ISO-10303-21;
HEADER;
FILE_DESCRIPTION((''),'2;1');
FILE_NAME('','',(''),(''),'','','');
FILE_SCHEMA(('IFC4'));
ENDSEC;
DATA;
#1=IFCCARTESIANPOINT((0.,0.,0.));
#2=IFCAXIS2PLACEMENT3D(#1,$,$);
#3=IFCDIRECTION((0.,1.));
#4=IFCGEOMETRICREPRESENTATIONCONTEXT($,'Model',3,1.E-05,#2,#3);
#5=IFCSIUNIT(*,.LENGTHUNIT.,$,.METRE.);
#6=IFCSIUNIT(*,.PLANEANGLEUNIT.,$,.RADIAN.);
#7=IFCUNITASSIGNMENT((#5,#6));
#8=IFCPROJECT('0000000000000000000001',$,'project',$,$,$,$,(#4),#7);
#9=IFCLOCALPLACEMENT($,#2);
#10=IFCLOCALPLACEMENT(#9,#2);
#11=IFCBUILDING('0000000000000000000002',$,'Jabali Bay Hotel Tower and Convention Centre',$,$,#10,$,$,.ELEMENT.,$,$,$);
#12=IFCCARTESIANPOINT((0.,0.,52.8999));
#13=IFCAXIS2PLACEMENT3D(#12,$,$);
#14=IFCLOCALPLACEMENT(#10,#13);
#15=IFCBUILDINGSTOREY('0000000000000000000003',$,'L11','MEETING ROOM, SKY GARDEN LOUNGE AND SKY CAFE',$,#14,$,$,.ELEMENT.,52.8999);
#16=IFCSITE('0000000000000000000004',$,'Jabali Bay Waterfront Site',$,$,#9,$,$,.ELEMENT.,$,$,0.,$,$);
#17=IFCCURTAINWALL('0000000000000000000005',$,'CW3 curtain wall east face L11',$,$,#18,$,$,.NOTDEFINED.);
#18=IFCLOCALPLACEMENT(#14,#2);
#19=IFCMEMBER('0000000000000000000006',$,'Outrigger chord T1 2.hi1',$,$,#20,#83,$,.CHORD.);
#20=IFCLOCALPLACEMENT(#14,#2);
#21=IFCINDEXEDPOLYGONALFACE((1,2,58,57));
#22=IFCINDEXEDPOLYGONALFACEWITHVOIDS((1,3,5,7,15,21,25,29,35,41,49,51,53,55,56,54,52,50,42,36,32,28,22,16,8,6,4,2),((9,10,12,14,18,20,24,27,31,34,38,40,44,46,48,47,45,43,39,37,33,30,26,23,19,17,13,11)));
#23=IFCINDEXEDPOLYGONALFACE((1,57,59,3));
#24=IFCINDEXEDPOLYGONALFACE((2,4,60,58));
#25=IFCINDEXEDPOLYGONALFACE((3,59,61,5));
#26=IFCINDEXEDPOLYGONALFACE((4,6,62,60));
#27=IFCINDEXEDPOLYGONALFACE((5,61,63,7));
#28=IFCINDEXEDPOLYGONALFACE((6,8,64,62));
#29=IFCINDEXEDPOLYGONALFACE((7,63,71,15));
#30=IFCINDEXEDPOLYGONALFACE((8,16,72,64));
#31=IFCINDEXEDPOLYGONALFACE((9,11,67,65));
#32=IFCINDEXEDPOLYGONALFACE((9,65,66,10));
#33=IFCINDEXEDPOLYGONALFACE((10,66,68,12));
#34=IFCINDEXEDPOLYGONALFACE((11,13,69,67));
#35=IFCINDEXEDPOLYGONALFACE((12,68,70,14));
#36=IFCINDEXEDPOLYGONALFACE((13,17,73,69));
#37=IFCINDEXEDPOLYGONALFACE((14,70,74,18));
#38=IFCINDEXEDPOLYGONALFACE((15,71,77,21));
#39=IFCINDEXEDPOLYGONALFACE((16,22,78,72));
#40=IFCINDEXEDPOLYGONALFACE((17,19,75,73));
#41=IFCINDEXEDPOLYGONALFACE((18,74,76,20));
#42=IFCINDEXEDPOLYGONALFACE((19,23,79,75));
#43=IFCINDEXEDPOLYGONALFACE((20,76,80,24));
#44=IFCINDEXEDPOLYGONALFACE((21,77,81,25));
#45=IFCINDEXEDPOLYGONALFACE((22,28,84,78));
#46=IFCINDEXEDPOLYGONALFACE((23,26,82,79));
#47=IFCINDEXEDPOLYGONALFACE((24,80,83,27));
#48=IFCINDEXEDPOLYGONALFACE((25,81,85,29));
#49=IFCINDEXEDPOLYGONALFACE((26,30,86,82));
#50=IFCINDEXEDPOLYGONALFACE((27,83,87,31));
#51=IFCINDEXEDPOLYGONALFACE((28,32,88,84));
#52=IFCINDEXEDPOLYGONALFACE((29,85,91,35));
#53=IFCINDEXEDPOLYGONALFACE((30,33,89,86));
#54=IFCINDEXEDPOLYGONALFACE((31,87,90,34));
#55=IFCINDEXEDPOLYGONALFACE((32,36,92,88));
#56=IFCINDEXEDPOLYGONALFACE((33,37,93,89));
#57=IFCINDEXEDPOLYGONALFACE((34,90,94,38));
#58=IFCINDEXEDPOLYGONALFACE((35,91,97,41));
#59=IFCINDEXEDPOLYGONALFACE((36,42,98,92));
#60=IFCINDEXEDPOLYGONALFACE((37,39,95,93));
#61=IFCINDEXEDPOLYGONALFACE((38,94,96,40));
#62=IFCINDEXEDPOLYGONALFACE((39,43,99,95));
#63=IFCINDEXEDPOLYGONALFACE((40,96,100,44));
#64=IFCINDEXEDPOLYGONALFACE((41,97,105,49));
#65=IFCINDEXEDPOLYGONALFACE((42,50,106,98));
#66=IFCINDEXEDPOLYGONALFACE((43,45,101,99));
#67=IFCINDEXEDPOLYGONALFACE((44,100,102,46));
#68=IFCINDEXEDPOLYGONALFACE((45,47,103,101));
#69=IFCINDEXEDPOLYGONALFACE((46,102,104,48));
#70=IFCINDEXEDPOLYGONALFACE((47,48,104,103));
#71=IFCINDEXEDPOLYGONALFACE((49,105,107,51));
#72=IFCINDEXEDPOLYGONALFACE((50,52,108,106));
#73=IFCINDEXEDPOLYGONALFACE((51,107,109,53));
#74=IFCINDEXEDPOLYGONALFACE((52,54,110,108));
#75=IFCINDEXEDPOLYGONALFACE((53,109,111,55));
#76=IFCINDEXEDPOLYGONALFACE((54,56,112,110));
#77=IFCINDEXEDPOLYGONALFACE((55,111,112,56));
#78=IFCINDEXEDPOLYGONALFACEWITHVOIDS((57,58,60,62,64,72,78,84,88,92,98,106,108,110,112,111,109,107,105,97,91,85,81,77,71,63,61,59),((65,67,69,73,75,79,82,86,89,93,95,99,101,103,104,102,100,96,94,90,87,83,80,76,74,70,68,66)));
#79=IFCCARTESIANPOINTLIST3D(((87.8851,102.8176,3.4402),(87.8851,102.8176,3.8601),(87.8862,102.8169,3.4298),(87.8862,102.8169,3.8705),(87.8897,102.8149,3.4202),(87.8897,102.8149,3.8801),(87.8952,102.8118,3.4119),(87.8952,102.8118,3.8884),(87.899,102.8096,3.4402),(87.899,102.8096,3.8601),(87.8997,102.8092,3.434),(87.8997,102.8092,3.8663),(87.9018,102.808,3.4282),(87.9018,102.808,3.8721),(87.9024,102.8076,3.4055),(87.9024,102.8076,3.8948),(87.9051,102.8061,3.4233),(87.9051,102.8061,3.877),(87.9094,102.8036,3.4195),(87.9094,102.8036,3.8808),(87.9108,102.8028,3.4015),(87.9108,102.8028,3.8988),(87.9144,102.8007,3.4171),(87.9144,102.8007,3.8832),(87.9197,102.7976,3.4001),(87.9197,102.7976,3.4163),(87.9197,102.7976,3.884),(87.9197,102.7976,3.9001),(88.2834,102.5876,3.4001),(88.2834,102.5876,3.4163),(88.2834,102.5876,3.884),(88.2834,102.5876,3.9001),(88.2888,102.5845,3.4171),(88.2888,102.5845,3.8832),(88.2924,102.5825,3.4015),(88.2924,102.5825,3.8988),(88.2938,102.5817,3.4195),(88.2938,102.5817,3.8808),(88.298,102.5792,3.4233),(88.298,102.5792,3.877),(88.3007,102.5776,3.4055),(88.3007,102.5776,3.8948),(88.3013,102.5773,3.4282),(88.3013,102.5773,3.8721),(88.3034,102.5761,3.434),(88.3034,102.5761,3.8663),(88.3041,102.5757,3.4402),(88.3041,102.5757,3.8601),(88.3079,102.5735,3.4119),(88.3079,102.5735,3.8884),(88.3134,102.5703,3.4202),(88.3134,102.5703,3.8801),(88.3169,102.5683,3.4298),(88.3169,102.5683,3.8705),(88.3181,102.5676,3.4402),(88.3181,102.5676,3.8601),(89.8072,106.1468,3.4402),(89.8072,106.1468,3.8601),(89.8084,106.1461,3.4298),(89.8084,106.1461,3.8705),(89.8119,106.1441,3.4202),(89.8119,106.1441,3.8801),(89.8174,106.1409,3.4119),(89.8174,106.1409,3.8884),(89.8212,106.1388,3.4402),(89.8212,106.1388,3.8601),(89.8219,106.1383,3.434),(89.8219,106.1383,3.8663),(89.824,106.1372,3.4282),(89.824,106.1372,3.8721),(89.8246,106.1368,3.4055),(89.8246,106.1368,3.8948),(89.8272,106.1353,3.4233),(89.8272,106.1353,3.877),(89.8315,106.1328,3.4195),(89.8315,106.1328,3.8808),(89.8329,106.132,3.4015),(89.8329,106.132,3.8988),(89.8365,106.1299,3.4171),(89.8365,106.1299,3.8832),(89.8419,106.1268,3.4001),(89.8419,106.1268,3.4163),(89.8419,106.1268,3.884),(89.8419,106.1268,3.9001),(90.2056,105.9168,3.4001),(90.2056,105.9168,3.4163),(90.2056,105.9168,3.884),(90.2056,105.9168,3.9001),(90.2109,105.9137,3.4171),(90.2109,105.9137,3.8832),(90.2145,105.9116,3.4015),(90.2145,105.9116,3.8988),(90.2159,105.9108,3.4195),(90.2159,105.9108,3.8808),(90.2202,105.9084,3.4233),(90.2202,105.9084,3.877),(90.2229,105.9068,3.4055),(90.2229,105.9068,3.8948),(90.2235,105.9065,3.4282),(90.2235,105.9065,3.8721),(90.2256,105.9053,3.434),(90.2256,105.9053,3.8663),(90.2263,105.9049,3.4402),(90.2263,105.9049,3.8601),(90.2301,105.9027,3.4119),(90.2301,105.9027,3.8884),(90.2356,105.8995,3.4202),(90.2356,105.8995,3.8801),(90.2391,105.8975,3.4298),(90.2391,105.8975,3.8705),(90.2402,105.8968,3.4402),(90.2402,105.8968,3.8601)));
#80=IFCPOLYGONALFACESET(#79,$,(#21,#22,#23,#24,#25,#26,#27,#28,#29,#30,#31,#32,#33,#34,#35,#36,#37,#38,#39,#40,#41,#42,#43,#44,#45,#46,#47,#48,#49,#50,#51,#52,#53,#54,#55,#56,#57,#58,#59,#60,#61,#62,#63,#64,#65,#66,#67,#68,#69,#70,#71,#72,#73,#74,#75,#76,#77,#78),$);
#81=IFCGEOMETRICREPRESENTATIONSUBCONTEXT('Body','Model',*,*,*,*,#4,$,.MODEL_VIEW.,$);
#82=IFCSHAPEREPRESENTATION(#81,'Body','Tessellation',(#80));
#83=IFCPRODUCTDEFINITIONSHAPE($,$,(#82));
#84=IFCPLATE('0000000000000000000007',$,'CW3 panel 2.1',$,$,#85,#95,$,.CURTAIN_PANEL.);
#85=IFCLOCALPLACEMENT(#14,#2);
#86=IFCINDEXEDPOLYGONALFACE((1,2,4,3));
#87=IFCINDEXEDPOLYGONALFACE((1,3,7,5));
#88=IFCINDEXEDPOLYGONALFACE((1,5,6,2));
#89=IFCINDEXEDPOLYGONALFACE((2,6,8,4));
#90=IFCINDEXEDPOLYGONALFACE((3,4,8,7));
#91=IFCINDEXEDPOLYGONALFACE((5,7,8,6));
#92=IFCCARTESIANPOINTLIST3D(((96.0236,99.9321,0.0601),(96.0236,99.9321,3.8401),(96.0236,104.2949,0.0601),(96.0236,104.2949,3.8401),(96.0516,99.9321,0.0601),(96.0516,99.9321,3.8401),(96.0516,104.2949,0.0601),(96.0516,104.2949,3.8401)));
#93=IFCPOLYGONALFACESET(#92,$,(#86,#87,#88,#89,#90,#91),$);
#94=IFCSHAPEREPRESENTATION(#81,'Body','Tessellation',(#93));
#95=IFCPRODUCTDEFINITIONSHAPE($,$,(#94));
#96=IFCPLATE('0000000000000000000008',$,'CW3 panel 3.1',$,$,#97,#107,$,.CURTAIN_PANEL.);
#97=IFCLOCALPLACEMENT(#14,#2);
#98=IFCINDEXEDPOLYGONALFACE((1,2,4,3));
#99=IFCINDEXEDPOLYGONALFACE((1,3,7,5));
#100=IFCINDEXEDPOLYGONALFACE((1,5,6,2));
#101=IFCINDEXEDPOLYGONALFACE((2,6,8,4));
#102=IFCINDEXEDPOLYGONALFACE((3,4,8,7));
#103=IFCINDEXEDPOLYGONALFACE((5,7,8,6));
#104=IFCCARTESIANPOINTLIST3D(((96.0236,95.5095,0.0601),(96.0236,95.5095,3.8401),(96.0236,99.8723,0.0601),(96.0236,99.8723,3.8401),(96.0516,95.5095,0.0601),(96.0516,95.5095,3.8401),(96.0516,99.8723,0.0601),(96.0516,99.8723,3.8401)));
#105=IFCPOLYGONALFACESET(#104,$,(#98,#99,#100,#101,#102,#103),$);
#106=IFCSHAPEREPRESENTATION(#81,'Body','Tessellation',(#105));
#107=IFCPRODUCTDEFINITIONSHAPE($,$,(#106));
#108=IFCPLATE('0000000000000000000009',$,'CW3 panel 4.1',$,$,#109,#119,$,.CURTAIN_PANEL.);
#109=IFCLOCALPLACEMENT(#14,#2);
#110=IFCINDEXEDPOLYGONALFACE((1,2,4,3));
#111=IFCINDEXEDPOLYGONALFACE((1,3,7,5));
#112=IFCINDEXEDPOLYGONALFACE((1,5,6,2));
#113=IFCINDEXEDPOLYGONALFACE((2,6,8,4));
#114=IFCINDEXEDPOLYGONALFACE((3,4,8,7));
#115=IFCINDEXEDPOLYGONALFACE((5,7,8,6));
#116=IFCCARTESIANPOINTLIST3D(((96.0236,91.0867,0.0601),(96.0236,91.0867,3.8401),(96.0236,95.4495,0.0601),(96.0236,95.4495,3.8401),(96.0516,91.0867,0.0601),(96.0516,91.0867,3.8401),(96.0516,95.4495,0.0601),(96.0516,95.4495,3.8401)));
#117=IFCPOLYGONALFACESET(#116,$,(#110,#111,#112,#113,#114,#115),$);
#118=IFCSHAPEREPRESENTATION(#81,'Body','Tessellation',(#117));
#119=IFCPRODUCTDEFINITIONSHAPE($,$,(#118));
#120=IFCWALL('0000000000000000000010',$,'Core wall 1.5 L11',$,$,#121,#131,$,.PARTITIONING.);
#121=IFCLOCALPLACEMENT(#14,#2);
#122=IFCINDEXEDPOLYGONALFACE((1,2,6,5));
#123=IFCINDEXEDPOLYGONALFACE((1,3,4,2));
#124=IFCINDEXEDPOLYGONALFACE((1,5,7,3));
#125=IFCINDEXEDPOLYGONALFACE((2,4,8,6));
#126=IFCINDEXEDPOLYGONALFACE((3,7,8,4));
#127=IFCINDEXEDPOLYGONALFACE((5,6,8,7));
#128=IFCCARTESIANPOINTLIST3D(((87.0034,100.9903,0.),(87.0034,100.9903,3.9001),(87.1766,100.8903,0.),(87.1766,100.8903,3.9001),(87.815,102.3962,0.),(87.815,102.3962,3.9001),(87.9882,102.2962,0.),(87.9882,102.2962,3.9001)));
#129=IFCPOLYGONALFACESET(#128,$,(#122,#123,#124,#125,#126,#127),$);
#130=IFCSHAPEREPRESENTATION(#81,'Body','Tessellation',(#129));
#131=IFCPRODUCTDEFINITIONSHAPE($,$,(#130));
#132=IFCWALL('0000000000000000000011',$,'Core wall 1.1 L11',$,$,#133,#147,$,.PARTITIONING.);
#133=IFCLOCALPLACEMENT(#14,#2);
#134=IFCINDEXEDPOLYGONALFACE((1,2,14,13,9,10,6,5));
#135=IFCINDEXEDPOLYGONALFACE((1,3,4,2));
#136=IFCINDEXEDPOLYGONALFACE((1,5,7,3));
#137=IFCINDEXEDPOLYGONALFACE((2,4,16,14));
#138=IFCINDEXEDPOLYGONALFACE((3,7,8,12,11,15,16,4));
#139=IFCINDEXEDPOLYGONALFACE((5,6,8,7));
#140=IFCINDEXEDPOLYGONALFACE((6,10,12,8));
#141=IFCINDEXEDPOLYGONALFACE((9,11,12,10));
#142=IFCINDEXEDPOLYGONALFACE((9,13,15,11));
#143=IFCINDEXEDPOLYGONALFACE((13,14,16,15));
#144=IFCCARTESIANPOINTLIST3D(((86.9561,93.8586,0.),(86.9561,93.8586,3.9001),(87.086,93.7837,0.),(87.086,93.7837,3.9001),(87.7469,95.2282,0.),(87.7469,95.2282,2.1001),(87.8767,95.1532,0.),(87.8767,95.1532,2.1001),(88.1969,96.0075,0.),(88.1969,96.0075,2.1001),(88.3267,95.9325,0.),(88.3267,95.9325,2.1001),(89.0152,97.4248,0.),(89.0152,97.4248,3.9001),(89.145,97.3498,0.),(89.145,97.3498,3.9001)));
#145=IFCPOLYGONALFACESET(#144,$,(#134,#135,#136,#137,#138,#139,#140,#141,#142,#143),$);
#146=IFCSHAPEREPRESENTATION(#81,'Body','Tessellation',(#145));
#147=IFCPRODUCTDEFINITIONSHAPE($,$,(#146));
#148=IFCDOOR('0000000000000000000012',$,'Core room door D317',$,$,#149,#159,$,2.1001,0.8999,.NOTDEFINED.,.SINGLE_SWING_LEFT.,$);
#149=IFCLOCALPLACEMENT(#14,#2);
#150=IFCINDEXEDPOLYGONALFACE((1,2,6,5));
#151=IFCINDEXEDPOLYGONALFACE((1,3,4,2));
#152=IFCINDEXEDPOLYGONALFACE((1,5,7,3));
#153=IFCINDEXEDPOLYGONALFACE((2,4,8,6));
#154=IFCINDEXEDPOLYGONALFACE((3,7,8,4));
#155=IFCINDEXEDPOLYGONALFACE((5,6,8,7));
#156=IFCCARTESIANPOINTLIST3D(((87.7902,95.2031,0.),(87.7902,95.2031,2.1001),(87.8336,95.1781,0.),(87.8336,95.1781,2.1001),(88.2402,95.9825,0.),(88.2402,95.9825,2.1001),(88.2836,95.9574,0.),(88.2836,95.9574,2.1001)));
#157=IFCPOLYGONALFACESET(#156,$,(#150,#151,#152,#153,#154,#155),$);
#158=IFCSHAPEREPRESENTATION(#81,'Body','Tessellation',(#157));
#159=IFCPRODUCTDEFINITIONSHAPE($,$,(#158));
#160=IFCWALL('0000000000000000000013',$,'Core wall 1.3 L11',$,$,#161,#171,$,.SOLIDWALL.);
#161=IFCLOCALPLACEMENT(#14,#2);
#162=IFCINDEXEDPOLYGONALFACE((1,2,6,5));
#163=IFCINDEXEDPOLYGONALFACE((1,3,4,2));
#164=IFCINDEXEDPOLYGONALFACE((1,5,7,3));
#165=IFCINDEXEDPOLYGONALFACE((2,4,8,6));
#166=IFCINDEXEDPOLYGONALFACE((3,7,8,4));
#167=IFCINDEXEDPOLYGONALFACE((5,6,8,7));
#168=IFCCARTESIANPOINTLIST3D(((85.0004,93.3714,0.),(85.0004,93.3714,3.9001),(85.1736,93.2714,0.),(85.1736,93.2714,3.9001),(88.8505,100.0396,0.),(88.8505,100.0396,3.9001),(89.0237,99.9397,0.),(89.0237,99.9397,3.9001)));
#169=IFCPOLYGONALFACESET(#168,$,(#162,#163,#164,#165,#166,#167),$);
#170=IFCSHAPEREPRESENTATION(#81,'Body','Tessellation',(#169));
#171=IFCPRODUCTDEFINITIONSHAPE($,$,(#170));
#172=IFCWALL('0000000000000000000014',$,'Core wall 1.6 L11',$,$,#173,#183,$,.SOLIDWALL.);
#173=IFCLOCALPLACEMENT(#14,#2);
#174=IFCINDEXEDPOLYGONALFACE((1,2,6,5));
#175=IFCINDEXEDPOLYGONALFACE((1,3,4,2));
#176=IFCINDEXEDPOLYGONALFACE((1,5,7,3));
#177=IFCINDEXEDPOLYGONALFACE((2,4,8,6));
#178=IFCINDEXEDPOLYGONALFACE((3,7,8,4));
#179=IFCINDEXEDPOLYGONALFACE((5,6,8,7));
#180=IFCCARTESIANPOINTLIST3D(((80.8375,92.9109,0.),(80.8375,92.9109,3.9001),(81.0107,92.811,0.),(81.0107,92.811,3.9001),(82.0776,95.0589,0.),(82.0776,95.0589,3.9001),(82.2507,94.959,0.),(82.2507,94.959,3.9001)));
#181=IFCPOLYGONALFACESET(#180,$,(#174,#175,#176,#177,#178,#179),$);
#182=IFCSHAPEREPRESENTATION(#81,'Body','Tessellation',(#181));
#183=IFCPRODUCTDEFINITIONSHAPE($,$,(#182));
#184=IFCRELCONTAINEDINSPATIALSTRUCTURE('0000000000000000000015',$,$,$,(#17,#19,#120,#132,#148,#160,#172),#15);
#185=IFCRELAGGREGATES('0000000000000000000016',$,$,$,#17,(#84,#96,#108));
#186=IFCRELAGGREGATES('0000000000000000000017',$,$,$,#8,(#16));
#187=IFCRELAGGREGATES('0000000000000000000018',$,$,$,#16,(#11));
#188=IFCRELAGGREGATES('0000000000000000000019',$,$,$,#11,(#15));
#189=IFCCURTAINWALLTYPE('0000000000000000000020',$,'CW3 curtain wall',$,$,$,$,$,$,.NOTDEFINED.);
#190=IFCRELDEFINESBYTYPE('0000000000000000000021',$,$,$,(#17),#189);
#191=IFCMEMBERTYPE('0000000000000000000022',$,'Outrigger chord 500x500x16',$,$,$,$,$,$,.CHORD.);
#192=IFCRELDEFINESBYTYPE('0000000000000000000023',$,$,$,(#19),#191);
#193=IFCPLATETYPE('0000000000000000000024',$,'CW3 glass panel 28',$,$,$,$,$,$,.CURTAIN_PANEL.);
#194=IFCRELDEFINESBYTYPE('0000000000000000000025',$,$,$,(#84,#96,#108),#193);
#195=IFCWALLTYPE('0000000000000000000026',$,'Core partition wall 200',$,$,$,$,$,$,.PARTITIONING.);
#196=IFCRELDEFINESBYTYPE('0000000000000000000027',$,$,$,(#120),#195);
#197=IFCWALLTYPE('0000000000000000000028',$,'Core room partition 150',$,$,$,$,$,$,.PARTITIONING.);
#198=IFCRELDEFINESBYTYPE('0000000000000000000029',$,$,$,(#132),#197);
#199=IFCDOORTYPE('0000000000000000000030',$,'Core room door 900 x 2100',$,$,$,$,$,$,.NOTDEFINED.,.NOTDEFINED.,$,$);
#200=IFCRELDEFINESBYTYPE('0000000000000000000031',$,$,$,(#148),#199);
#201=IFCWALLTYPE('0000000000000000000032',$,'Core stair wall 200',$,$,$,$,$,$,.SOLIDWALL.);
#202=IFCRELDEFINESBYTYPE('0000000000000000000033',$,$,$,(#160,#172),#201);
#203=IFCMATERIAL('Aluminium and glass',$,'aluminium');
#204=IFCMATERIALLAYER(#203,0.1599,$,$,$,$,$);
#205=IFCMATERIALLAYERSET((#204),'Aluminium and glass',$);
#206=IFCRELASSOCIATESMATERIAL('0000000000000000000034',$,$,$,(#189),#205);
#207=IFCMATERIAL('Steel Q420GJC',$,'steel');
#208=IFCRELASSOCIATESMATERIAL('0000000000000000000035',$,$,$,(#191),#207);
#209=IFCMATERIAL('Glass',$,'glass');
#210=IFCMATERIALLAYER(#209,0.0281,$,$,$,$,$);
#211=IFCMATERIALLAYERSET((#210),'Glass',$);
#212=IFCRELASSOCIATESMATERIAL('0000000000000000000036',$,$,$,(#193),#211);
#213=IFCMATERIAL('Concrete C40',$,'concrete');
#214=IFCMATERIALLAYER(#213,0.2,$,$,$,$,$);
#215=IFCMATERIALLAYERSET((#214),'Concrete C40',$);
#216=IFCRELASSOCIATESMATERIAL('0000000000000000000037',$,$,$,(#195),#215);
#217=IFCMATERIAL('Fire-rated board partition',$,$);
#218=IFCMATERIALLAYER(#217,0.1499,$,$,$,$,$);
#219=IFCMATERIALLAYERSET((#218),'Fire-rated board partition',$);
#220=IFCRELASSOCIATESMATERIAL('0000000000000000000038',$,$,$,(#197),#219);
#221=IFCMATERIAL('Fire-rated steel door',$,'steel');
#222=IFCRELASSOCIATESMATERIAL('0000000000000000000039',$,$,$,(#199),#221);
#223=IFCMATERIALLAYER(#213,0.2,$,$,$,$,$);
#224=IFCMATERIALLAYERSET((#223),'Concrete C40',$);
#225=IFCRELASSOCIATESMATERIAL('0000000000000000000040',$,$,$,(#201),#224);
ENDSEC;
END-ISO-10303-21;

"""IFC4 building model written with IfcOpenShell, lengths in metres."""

from ifc_helpers import new_model, si_unit, direction, frame, frame_2d, origin, origin_2d, place, context, subcontext, project, spatial, rectangle, hollow_rectangle, extrude, material, layer, layer_set, material_profile, profile_set, type_object, element, fill, aggregate, save


model = new_model("IFC4")

# Units and contexts
model_context = context("Model", 3, precision=1e-05, world=origin(), true_north=direction((0.0, 1.0)))
body_context = subcontext(model_context, "Body", "Model", "MODEL_VIEW")
ifc_project = project(units=[si_unit("LENGTHUNIT", "METRE"), si_unit("PLANEANGLEUNIT", "RADIAN")], contexts=[model_context])

# Site, building, storey
site_placement = place(None, origin())
site = spatial("IfcSite", under=ifc_project, at=site_placement, Name="Jabali Bay Waterfront Site", CompositionType="ELEMENT", RefElevation=0.0)
building_placement = place(site_placement, origin())
building = spatial("IfcBuilding", under=site, at=building_placement, Name="Jabali Bay Hotel Tower and Convention Centre", CompositionType="ELEMENT")
storey_placement = place(building_placement, frame((0.0, 0.0, 52.8999)))
storey = spatial("IfcBuildingStorey", under=building, at=storey_placement, Name="L11", Description="MEETING ROOM, SKY GARDEN LOUNGE AND SKY CAFE", CompositionType="ELEMENT", Elevation=52.8999)

# Shared definitions
ifc_material_1 = material(Name="Steel Q420GJC", Category="steel")

# Curtain wall
ifc_material_2 = material(Name="Aluminium and glass", Category="aluminium")
ifc_layer_1 = layer(ifc_material_2, 0.1599)
ifc_layer_set_1 = layer_set([ifc_layer_1], Name="Aluminium and glass")
curtain_wall_type = type_object("IfcCurtainWallType", Name="CW3 curtain wall", PredefinedType="NOTDEFINED", material=ifc_layer_set_1)
curtain_wall_placement = place(storey_placement, origin())
curtain_wall = element("IfcCurtainWall", 1, at=curtain_wall_placement, inside=storey, type_object=curtain_wall_type, Name="CW3 curtain wall east face L11", PredefinedType="NOTDEFINED")

# Member
ifc_material_profile_1 = material_profile(ifc_material_1, hollow_rectangle(XDim=0.5, YDim=0.5, WallThickness=0.0161, InnerFilletRadius=0.0239, OuterFilletRadius=0.04, at=origin_2d()), Name="Outrigger chord 500x500x16")
ifc_profile_set_1 = profile_set([ifc_material_profile_1], Name="Steel Q420GJC")
member_type_1 = type_object("IfcMemberType", Name="Outrigger chord 500x500x16", PredefinedType="CHORD", material=ifc_profile_set_1)
member_1_placement = place(storey_placement, frame((88.1016, 102.6926, 3.6501), z_axis=(0.500012, 0.866018, 0.0), x_axis=(-0.866018, 0.500012, 0.0)))
element("IfcMember", 2, at=member_1_placement, inside=storey, type_object=member_type_1, Name="Outrigger chord T1 2.hi1", PredefinedType="CHORD", context=body_context, shape_type="SweptSolid", body=[
    extrude(hollow_rectangle(XDim=0.5, YDim=0.5, WallThickness=0.0161, InnerFilletRadius=0.0239, OuterFilletRadius=0.04, at=origin_2d()), origin(), (0.0, 0.0, 1.0), 3.8442),
])

# Plates
ifc_material_3 = material(Name="Glass", Category="glass")
ifc_layer_2 = layer(ifc_material_3, 0.0281)
ifc_layer_set_2 = layer_set([ifc_layer_2], Name="Glass")
plate_type = type_object("IfcPlateType", Name="CW3 glass panel 28", PredefinedType="CURTAIN_PANEL", material=ifc_layer_set_2)
plate_1_placement = place(storey_placement, frame((96.0376, 102.1135, 0.0601), z_axis=(0.0, 0.0, 1.0), x_axis=(0.0, -1.0, 0.0)))
plate_1 = element("IfcPlate", 3, at=plate_1_placement, type_object=plate_type, Name="CW3 panel 2.1", PredefinedType="CURTAIN_PANEL", context=body_context, shape_type="SweptSolid", body=[
    extrude(rectangle(XDim=4.3628, YDim=0.0281, at=origin_2d()), origin(), (0.0, 0.0, 1.0), 3.78),
])
plate_2_placement = place(storey_placement, frame((96.0376, 97.6909, 0.0601), z_axis=(0.0, 0.0, 1.0), x_axis=(0.0, -1.0, 0.0)))
plate_2 = element("IfcPlate", 4, at=plate_2_placement, type_object=plate_type, Name="CW3 panel 3.1", PredefinedType="CURTAIN_PANEL", context=body_context, shape_type="SweptSolid", body=[
    extrude(rectangle(XDim=4.3628, YDim=0.0281, at=origin_2d()), origin(), (0.0, 0.0, 1.0), 3.78),
])
plate_3_placement = place(storey_placement, frame((96.0376, 93.2681, 0.0601), z_axis=(0.0, 0.0, 1.0), x_axis=(0.0, -1.0, 0.0)))
plate_3 = element("IfcPlate", 5, at=plate_3_placement, type_object=plate_type, Name="CW3 panel 4.1", PredefinedType="CURTAIN_PANEL", context=body_context, shape_type="SweptSolid", body=[
    extrude(rectangle(XDim=4.3628, YDim=0.0281, at=origin_2d()), origin(), (0.0, 0.0, 1.0), 3.78),
])
aggregate(curtain_wall, [plate_1, plate_2, plate_3])

# Wall
ifc_material_4 = material(Name="Concrete C40", Category="concrete")
ifc_layer_3 = layer(ifc_material_4, 0.2)
ifc_layer_set_3 = layer_set([ifc_layer_3], Name="Concrete C40")
wall_type_1 = type_object("IfcWallType", Name="Core partition wall 200", PredefinedType="PARTITIONING", material=ifc_layer_set_3)
wall_1_placement = place(storey_placement, frame((87.0901, 100.9404, 0.0), z_axis=(0.0, 0.0, 1.0), x_axis=(0.499957, 0.86605, 0.0)))
element("IfcWall", 6, at=wall_1_placement, inside=storey, type_object=wall_type_1, Name="Core wall 1.5 L11", PredefinedType="PARTITIONING", context=body_context, shape_type="SweptSolid", body=[
    extrude(rectangle(XDim=1.6233, YDim=0.2, at=frame_2d((0.8115, 0.0))), origin(), (0.0, 0.0, 1.0), 3.9001),
])

# Wall, opening, door
ifc_material_5 = material(Name="Fire-rated board partition")
ifc_layer_4 = layer(ifc_material_5, 0.1499)
ifc_layer_set_4 = layer_set([ifc_layer_4], Name="Fire-rated board partition")
wall_type_2 = type_object("IfcWallType", Name="Core room partition 150", PredefinedType="PARTITIONING", material=ifc_layer_set_4)
wall_2_placement = place(storey_placement, frame((87.021, 93.821, 0.0), z_axis=(0.0, 0.0, 1.0), x_axis=(0.500029, 0.866009, 0.0)))
wall_2 = element("IfcWall", 7, at=wall_2_placement, inside=storey, type_object=wall_type_2, Name="Core wall 1.1 L11", PredefinedType="PARTITIONING", context=body_context, shape_type="SweptSolid", body=[
    extrude(rectangle(XDim=4.1179, YDim=0.1499, at=frame_2d((2.0591, 0.0))), origin(), (0.0, 0.0, 1.0), 3.9001),
])
opening_1_placement = place(wall_2_placement, frame((1.5815, 0.0, 0.0)))
opening_1 = element("IfcOpeningElement", 8, at=opening_1_placement, cuts=wall_2, PredefinedType="OPENING", context=body_context, shape_type="SweptSolid", body=[
    extrude(rectangle(XDim=0.8999, YDim=2.1001, at=frame_2d((0.45, 1.05))), frame((0.0, 0.0854, 0.0), z_axis=(0.0, -1.0, 0.0), x_axis=(1.0, 0.0, 0.0)), (0.0, 0.0, 1.0), 0.1709),
])
ifc_material_6 = material(Name="Fire-rated steel door", Category="steel")
door_type_1 = type_object("IfcDoorType", Name="Core room door 900 x 2100", OperationType="NOTDEFINED", PredefinedType="NOTDEFINED", material=ifc_material_6)
door_1_placement = place(opening_1_placement, origin())
door_1 = element("IfcDoor", 9, at=door_1_placement, inside=storey, type_object=door_type_1, Name="Core room door D317", OperationType="SINGLE_SWING_LEFT", OverallHeight=2.1001, OverallWidth=0.8999, PredefinedType="NOTDEFINED", context=body_context, shape_type="SweptSolid", body=[
    extrude(rectangle(XDim=0.8999, YDim=2.1001, at=frame_2d((0.45, 1.05))), frame((0.0, 0.0249, 0.0), z_axis=(0.0, -1.0, 0.0), x_axis=(1.0, 0.0, 0.0)), (0.0, 0.0, 1.0), 0.05),
])
fill(opening_1, door_1)

# Walls
ifc_layer_5 = layer(ifc_material_4, 0.2)
ifc_layer_set_5 = layer_set([ifc_layer_5], Name="Concrete C40")
wall_type_3 = type_object("IfcWallType", Name="Core stair wall 200", PredefinedType="SOLIDWALL", material=ifc_layer_set_5)
wall_3_placement = place(storey_placement, frame((85.0869, 93.3213, 0.0), z_axis=(0.0, 0.0, 1.0), x_axis=(0.50002, 0.866014, 0.0)))
element("IfcWall", 10, at=wall_3_placement, inside=storey, type_object=wall_type_3, Name="Core wall 1.3 L11", PredefinedType="SOLIDWALL", context=body_context, shape_type="SweptSolid", body=[
    extrude(rectangle(XDim=7.7, YDim=0.2, at=frame_2d((3.8501, 0.0))), origin(), (0.0, 0.0, 1.0), 3.9001),
])
wall_4_placement = place(storey_placement, frame((80.9241, 92.8608, 0.0), z_axis=(0.0, 0.0, 1.0), x_axis=(0.499961, 0.866048, 0.0)))
element("IfcWall", 11, at=wall_4_placement, inside=storey, type_object=wall_type_3, Name="Core wall 1.6 L11", PredefinedType="SOLIDWALL", context=body_context, shape_type="SweptSolid", body=[
    extrude(rectangle(XDim=2.4802, YDim=0.2, at=frame_2d((1.2402, 0.0))), origin(), (0.0, 0.0, 1.0), 3.9001),
])

save(model, "model.ifc")
